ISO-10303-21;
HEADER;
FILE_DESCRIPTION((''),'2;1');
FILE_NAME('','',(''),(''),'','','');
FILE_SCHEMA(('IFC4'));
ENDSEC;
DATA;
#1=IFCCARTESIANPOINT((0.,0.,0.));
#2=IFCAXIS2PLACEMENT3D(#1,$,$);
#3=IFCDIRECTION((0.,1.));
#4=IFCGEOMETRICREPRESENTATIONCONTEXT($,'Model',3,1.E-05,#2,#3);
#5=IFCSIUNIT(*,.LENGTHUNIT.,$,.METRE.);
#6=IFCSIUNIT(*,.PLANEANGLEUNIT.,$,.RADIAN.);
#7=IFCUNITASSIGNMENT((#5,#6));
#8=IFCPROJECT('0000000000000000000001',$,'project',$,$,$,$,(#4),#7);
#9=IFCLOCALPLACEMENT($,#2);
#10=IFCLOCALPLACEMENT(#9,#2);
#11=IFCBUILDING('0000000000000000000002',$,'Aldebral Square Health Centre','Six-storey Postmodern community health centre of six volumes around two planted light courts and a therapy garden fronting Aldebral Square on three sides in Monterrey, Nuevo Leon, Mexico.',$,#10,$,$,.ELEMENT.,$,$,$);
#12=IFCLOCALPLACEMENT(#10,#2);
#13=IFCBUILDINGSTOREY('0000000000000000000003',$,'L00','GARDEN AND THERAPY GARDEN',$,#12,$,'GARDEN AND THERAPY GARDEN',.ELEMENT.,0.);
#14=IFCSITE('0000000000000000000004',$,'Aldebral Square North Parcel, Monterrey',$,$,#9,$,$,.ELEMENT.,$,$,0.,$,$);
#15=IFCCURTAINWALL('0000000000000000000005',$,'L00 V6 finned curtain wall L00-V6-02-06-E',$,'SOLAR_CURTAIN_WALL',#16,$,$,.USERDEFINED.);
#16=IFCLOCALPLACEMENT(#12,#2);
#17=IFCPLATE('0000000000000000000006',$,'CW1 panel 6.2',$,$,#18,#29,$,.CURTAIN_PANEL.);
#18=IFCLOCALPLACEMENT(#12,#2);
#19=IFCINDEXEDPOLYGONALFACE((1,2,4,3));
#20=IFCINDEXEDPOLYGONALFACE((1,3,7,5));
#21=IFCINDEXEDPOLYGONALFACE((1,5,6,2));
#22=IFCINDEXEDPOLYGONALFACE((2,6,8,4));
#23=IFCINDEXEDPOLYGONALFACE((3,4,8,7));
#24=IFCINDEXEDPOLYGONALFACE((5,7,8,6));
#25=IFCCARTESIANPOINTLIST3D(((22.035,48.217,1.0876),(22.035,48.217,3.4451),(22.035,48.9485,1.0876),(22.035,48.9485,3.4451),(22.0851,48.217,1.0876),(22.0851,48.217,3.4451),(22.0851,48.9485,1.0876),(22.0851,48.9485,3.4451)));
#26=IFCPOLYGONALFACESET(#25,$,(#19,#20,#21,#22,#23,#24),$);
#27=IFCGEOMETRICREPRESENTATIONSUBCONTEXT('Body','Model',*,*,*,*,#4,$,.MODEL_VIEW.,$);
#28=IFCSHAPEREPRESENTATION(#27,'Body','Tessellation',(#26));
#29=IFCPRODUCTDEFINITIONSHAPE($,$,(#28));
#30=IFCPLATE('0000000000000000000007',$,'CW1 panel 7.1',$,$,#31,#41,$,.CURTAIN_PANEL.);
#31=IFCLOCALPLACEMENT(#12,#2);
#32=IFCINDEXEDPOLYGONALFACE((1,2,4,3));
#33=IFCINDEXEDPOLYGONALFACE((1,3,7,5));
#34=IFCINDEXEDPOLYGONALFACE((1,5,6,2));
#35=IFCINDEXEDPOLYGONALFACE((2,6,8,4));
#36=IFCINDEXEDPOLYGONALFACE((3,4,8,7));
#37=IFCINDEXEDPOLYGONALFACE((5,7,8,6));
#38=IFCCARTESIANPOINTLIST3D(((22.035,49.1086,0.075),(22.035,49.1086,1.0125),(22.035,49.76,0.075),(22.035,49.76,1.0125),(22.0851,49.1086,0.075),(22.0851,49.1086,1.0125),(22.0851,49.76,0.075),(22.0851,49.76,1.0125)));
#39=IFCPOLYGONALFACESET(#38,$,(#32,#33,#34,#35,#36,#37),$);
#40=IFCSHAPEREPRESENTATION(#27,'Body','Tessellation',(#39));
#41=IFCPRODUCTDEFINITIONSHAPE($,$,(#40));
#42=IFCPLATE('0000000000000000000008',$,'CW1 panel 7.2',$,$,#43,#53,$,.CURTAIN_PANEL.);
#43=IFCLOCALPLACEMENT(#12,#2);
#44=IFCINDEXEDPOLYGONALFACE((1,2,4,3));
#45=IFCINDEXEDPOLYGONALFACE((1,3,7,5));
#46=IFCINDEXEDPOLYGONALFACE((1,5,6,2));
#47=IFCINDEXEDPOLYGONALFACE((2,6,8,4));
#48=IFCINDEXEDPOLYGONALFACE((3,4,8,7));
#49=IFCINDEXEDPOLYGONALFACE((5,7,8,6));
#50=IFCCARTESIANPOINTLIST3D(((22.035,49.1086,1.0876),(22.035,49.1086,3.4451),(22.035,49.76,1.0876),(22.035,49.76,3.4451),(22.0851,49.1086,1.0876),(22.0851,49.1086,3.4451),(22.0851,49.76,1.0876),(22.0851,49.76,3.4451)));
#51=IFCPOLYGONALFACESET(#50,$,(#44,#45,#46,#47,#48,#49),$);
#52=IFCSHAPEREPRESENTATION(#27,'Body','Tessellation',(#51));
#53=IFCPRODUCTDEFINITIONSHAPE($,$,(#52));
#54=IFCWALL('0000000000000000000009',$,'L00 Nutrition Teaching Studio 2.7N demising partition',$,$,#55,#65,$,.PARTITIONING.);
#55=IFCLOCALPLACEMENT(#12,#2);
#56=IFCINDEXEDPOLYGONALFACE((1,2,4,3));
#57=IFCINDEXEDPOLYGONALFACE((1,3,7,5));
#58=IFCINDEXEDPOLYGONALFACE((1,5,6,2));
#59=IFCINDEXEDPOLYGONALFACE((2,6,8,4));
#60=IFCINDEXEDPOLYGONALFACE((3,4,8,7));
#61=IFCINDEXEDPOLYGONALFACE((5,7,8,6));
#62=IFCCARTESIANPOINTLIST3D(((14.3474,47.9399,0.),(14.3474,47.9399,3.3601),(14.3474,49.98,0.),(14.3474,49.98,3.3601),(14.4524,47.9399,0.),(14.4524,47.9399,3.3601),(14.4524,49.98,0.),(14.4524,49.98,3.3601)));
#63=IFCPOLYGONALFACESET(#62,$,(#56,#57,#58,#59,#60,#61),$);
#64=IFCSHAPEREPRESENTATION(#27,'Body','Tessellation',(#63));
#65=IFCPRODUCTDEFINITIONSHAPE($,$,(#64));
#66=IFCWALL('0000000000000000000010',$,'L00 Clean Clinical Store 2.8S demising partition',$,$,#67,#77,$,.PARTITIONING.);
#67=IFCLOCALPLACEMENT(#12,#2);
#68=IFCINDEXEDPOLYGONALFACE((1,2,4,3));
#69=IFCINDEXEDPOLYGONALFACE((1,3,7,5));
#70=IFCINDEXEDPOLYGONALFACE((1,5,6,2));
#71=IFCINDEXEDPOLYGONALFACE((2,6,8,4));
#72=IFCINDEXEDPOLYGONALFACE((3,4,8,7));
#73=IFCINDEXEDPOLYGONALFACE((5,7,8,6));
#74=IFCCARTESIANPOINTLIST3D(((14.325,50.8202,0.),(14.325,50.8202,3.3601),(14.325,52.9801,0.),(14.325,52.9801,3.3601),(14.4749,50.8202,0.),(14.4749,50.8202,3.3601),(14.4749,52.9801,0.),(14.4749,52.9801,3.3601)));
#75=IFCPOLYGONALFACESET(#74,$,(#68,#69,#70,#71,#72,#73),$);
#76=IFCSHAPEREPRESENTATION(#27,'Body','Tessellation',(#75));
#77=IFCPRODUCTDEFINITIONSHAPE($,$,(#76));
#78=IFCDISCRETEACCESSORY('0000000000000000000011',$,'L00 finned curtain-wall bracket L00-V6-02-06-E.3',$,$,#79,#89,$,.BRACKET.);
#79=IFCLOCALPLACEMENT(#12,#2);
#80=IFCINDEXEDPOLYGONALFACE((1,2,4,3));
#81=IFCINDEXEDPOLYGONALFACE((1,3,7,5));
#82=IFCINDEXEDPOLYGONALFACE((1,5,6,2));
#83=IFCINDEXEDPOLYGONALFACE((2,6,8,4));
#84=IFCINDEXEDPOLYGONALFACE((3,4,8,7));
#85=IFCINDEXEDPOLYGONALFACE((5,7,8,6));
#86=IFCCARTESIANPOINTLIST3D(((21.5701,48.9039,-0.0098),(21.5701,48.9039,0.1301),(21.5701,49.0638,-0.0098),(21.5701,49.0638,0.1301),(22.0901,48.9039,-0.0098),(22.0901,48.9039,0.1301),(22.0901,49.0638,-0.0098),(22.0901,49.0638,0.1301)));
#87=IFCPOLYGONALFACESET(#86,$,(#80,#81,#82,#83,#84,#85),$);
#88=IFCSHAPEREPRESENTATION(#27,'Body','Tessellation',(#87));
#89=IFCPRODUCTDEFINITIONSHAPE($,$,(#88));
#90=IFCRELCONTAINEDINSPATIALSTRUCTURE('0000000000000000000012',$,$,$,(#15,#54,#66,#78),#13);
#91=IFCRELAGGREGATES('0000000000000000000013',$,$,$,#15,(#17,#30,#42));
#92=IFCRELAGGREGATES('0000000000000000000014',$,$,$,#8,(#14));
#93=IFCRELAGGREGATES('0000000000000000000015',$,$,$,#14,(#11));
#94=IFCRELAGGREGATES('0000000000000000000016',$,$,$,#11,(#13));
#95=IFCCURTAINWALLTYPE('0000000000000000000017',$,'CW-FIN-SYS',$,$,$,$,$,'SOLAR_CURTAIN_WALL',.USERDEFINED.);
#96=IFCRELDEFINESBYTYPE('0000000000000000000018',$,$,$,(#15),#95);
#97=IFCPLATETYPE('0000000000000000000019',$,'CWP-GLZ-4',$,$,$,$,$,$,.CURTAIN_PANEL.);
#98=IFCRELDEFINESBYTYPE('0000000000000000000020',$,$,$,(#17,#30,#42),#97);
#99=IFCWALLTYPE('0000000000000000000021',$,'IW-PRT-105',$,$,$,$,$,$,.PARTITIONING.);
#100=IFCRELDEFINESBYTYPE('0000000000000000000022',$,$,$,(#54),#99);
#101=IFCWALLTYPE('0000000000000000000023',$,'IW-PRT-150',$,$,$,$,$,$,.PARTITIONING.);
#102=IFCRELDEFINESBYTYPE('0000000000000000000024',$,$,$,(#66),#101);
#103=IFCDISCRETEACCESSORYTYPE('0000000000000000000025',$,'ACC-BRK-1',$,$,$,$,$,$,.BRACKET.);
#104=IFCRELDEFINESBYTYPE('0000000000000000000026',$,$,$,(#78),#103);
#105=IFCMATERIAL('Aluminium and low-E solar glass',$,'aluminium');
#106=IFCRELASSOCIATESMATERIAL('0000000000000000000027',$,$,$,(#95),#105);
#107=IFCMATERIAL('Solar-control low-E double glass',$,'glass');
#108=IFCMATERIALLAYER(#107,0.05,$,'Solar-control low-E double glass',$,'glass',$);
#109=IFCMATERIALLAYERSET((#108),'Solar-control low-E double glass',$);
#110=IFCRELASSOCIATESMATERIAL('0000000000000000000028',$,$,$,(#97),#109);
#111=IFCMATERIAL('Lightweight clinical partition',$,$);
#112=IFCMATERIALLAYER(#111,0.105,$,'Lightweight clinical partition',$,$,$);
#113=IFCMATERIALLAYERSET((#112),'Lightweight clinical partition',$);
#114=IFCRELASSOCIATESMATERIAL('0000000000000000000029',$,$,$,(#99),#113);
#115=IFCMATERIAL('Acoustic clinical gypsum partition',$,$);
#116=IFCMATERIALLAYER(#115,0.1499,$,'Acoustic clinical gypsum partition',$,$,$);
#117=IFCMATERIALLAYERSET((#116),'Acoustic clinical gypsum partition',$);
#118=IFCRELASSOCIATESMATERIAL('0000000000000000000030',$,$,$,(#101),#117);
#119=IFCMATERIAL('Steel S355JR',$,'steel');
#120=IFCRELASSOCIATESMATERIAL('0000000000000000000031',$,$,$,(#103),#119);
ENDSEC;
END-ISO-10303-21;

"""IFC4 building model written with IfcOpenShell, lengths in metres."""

from ifc_helpers import new_model, si_unit, direction, frame, frame_2d, origin, origin_2d, place, context, subcontext, project, spatial, rectangle, extrude, material, layer, layer_set, type_object, element, aggregate, save


model = new_model("IFC4")

# Units and contexts
model_context = context("Model", 3, precision=1e-05, world=origin(), true_north=direction((0.0, 1.0)))
body_context = subcontext(model_context, "Body", "Model", "MODEL_VIEW")
ifc_project = project(units=[si_unit("LENGTHUNIT", "METRE"), si_unit("PLANEANGLEUNIT", "RADIAN")], contexts=[model_context])

# Site, building, storey
site_placement = place(None, origin())
site = spatial("IfcSite", under=ifc_project, at=site_placement, Name="Aldebral Square North Parcel, Monterrey", CompositionType="ELEMENT", RefElevation=0.0)
building_placement = place(site_placement, origin())
building = spatial("IfcBuilding", under=site, at=building_placement, Name="Aldebral Square Health Centre", Description="Six-storey Postmodern community health centre of six volumes around two planted light courts and a therapy garden fronting Aldebral Square on three sides in Monterrey, Nuevo Leon, Mexico.", CompositionType="ELEMENT")
storey_placement = place(building_placement, origin())
storey = spatial("IfcBuildingStorey", under=building, at=storey_placement, Name="L00", Description="GARDEN AND THERAPY GARDEN", LongName="GARDEN AND THERAPY GARDEN", CompositionType="ELEMENT", Elevation=0.0)

# Curtain wall, plates
ifc_material_1 = material(Name="Aluminium and low-E solar glass", Category="aluminium")
curtain_wall_type = type_object("IfcCurtainWallType", Name="CW-FIN-SYS", ElementType="SOLAR_CURTAIN_WALL", PredefinedType="USERDEFINED", material=ifc_material_1)
curtain_wall_placement = place(storey_placement, origin())
curtain_wall = element("IfcCurtainWall", 1, at=curtain_wall_placement, inside=storey, type_object=curtain_wall_type, Name="L00 V6 finned curtain wall L00-V6-02-06-E", ObjectType="SOLAR_CURTAIN_WALL", PredefinedType="USERDEFINED")
ifc_material_2 = material(Name="Solar-control low-E double glass", Category="glass")
ifc_layer_1 = layer(ifc_material_2, 0.05, Name="Solar-control low-E double glass", Category="glass")
ifc_layer_set_1 = layer_set([ifc_layer_1], Name="Solar-control low-E double glass")
plate_type = type_object("IfcPlateType", Name="CWP-GLZ-4", PredefinedType="CURTAIN_PANEL", material=ifc_layer_set_1)
plate_1_placement = place(storey_placement, frame((22.0601, 48.5828, 1.0876), z_axis=(0.0, 0.0, 1.0), x_axis=(0.0, 1.0, 0.0)))
plate_1 = element("IfcPlate", 2, at=plate_1_placement, type_object=plate_type, Name="CW1 panel 6.2", PredefinedType="CURTAIN_PANEL", context=body_context, shape_type="SweptSolid", body=[
    extrude(rectangle(XDim=0.7314, YDim=0.05, at=origin_2d()), origin(), (0.0, 0.0, 1.0), 2.3574),
])
plate_2_placement = place(storey_placement, frame((22.0601, 49.4343, 0.075), z_axis=(0.0, 0.0, 1.0), x_axis=(0.0, 1.0, 0.0)))
plate_2 = element("IfcPlate", 3, at=plate_2_placement, type_object=plate_type, Name="CW1 panel 7.1", PredefinedType="CURTAIN_PANEL", context=body_context, shape_type="SweptSolid", body=[
    extrude(rectangle(XDim=0.6514, YDim=0.05, at=origin_2d()), origin(), (0.0, 0.0, 1.0), 0.9375),
])
plate_3_placement = place(storey_placement, frame((22.0601, 49.4343, 1.0876), z_axis=(0.0, 0.0, 1.0), x_axis=(0.0, 1.0, 0.0)))
plate_3 = element("IfcPlate", 4, at=plate_3_placement, type_object=plate_type, Name="CW1 panel 7.2", PredefinedType="CURTAIN_PANEL", context=body_context, shape_type="SweptSolid", body=[
    extrude(rectangle(XDim=0.6514, YDim=0.05, at=origin_2d()), origin(), (0.0, 0.0, 1.0), 2.3574),
])
aggregate(curtain_wall, [plate_1, plate_2, plate_3])

# Walls
ifc_material_3 = material(Name="Lightweight clinical partition")
ifc_layer_2 = layer(ifc_material_3, 0.105, Name="Lightweight clinical partition")
ifc_layer_set_2 = layer_set([ifc_layer_2], Name="Lightweight clinical partition")
wall_type_1 = type_object("IfcWallType", Name="IW-PRT-105", PredefinedType="PARTITIONING", material=ifc_layer_set_2)
wall_1_placement = place(storey_placement, frame((14.3999, 47.9399, 0.0), z_axis=(0.0, 0.0, 1.0), x_axis=(0.0, 1.0, 0.0)))
element("IfcWall", 5, at=wall_1_placement, inside=storey, type_object=wall_type_1, Name="L00 Nutrition Teaching Studio 2.7N demising partition", PredefinedType="PARTITIONING", context=body_context, shape_type="SweptSolid", body=[
    extrude(rectangle(XDim=2.04, YDim=0.105, at=frame_2d((1.02, 0.0))), origin(), (0.0, 0.0, 1.0), 3.3601),
])
ifc_material_4 = material(Name="Acoustic clinical gypsum partition")
ifc_layer_3 = layer(ifc_material_4, 0.1499, Name="Acoustic clinical gypsum partition")
ifc_layer_set_3 = layer_set([ifc_layer_3], Name="Acoustic clinical gypsum partition")
wall_type_2 = type_object("IfcWallType", Name="IW-PRT-150", PredefinedType="PARTITIONING", material=ifc_layer_set_3)
wall_2_placement = place(storey_placement, frame((14.3999, 50.8201, 0.0), z_axis=(0.0, 0.0, 1.0), x_axis=(0.0, 1.0, 0.0)))
element("IfcWall", 6, at=wall_2_placement, inside=storey, type_object=wall_type_2, Name="L00 Clean Clinical Store 2.8S demising partition", PredefinedType="PARTITIONING", context=body_context, shape_type="SweptSolid", body=[
    extrude(rectangle(XDim=2.1599, YDim=0.1499, at=frame_2d((1.0801, 0.0))), origin(), (0.0, 0.0, 1.0), 3.3601),
])

# Discrete accessory
ifc_material_5 = material(Name="Steel S355JR", Category="steel")
discrete_accessory_type = type_object("IfcDiscreteAccessoryType", Name="ACC-BRK-1", PredefinedType="BRACKET", material=ifc_material_5)
discrete_accessory_placement = place(storey_placement, frame((21.8301, 48.9839, -0.0098), z_axis=(0.0, 0.0, 1.0), x_axis=(0.0, 1.0, 0.0)))
element("IfcDiscreteAccessory", 7, at=discrete_accessory_placement, inside=storey, type_object=discrete_accessory_type, Name="L00 finned curtain-wall bracket L00-V6-02-06-E.3", PredefinedType="BRACKET", context=body_context, shape_type="SweptSolid", body=[
    extrude(rectangle(XDim=0.1599, YDim=0.52, at=origin_2d()), origin(), (0.0, 0.0, 1.0), 0.1399),
])

save(model, "model.ifc")
